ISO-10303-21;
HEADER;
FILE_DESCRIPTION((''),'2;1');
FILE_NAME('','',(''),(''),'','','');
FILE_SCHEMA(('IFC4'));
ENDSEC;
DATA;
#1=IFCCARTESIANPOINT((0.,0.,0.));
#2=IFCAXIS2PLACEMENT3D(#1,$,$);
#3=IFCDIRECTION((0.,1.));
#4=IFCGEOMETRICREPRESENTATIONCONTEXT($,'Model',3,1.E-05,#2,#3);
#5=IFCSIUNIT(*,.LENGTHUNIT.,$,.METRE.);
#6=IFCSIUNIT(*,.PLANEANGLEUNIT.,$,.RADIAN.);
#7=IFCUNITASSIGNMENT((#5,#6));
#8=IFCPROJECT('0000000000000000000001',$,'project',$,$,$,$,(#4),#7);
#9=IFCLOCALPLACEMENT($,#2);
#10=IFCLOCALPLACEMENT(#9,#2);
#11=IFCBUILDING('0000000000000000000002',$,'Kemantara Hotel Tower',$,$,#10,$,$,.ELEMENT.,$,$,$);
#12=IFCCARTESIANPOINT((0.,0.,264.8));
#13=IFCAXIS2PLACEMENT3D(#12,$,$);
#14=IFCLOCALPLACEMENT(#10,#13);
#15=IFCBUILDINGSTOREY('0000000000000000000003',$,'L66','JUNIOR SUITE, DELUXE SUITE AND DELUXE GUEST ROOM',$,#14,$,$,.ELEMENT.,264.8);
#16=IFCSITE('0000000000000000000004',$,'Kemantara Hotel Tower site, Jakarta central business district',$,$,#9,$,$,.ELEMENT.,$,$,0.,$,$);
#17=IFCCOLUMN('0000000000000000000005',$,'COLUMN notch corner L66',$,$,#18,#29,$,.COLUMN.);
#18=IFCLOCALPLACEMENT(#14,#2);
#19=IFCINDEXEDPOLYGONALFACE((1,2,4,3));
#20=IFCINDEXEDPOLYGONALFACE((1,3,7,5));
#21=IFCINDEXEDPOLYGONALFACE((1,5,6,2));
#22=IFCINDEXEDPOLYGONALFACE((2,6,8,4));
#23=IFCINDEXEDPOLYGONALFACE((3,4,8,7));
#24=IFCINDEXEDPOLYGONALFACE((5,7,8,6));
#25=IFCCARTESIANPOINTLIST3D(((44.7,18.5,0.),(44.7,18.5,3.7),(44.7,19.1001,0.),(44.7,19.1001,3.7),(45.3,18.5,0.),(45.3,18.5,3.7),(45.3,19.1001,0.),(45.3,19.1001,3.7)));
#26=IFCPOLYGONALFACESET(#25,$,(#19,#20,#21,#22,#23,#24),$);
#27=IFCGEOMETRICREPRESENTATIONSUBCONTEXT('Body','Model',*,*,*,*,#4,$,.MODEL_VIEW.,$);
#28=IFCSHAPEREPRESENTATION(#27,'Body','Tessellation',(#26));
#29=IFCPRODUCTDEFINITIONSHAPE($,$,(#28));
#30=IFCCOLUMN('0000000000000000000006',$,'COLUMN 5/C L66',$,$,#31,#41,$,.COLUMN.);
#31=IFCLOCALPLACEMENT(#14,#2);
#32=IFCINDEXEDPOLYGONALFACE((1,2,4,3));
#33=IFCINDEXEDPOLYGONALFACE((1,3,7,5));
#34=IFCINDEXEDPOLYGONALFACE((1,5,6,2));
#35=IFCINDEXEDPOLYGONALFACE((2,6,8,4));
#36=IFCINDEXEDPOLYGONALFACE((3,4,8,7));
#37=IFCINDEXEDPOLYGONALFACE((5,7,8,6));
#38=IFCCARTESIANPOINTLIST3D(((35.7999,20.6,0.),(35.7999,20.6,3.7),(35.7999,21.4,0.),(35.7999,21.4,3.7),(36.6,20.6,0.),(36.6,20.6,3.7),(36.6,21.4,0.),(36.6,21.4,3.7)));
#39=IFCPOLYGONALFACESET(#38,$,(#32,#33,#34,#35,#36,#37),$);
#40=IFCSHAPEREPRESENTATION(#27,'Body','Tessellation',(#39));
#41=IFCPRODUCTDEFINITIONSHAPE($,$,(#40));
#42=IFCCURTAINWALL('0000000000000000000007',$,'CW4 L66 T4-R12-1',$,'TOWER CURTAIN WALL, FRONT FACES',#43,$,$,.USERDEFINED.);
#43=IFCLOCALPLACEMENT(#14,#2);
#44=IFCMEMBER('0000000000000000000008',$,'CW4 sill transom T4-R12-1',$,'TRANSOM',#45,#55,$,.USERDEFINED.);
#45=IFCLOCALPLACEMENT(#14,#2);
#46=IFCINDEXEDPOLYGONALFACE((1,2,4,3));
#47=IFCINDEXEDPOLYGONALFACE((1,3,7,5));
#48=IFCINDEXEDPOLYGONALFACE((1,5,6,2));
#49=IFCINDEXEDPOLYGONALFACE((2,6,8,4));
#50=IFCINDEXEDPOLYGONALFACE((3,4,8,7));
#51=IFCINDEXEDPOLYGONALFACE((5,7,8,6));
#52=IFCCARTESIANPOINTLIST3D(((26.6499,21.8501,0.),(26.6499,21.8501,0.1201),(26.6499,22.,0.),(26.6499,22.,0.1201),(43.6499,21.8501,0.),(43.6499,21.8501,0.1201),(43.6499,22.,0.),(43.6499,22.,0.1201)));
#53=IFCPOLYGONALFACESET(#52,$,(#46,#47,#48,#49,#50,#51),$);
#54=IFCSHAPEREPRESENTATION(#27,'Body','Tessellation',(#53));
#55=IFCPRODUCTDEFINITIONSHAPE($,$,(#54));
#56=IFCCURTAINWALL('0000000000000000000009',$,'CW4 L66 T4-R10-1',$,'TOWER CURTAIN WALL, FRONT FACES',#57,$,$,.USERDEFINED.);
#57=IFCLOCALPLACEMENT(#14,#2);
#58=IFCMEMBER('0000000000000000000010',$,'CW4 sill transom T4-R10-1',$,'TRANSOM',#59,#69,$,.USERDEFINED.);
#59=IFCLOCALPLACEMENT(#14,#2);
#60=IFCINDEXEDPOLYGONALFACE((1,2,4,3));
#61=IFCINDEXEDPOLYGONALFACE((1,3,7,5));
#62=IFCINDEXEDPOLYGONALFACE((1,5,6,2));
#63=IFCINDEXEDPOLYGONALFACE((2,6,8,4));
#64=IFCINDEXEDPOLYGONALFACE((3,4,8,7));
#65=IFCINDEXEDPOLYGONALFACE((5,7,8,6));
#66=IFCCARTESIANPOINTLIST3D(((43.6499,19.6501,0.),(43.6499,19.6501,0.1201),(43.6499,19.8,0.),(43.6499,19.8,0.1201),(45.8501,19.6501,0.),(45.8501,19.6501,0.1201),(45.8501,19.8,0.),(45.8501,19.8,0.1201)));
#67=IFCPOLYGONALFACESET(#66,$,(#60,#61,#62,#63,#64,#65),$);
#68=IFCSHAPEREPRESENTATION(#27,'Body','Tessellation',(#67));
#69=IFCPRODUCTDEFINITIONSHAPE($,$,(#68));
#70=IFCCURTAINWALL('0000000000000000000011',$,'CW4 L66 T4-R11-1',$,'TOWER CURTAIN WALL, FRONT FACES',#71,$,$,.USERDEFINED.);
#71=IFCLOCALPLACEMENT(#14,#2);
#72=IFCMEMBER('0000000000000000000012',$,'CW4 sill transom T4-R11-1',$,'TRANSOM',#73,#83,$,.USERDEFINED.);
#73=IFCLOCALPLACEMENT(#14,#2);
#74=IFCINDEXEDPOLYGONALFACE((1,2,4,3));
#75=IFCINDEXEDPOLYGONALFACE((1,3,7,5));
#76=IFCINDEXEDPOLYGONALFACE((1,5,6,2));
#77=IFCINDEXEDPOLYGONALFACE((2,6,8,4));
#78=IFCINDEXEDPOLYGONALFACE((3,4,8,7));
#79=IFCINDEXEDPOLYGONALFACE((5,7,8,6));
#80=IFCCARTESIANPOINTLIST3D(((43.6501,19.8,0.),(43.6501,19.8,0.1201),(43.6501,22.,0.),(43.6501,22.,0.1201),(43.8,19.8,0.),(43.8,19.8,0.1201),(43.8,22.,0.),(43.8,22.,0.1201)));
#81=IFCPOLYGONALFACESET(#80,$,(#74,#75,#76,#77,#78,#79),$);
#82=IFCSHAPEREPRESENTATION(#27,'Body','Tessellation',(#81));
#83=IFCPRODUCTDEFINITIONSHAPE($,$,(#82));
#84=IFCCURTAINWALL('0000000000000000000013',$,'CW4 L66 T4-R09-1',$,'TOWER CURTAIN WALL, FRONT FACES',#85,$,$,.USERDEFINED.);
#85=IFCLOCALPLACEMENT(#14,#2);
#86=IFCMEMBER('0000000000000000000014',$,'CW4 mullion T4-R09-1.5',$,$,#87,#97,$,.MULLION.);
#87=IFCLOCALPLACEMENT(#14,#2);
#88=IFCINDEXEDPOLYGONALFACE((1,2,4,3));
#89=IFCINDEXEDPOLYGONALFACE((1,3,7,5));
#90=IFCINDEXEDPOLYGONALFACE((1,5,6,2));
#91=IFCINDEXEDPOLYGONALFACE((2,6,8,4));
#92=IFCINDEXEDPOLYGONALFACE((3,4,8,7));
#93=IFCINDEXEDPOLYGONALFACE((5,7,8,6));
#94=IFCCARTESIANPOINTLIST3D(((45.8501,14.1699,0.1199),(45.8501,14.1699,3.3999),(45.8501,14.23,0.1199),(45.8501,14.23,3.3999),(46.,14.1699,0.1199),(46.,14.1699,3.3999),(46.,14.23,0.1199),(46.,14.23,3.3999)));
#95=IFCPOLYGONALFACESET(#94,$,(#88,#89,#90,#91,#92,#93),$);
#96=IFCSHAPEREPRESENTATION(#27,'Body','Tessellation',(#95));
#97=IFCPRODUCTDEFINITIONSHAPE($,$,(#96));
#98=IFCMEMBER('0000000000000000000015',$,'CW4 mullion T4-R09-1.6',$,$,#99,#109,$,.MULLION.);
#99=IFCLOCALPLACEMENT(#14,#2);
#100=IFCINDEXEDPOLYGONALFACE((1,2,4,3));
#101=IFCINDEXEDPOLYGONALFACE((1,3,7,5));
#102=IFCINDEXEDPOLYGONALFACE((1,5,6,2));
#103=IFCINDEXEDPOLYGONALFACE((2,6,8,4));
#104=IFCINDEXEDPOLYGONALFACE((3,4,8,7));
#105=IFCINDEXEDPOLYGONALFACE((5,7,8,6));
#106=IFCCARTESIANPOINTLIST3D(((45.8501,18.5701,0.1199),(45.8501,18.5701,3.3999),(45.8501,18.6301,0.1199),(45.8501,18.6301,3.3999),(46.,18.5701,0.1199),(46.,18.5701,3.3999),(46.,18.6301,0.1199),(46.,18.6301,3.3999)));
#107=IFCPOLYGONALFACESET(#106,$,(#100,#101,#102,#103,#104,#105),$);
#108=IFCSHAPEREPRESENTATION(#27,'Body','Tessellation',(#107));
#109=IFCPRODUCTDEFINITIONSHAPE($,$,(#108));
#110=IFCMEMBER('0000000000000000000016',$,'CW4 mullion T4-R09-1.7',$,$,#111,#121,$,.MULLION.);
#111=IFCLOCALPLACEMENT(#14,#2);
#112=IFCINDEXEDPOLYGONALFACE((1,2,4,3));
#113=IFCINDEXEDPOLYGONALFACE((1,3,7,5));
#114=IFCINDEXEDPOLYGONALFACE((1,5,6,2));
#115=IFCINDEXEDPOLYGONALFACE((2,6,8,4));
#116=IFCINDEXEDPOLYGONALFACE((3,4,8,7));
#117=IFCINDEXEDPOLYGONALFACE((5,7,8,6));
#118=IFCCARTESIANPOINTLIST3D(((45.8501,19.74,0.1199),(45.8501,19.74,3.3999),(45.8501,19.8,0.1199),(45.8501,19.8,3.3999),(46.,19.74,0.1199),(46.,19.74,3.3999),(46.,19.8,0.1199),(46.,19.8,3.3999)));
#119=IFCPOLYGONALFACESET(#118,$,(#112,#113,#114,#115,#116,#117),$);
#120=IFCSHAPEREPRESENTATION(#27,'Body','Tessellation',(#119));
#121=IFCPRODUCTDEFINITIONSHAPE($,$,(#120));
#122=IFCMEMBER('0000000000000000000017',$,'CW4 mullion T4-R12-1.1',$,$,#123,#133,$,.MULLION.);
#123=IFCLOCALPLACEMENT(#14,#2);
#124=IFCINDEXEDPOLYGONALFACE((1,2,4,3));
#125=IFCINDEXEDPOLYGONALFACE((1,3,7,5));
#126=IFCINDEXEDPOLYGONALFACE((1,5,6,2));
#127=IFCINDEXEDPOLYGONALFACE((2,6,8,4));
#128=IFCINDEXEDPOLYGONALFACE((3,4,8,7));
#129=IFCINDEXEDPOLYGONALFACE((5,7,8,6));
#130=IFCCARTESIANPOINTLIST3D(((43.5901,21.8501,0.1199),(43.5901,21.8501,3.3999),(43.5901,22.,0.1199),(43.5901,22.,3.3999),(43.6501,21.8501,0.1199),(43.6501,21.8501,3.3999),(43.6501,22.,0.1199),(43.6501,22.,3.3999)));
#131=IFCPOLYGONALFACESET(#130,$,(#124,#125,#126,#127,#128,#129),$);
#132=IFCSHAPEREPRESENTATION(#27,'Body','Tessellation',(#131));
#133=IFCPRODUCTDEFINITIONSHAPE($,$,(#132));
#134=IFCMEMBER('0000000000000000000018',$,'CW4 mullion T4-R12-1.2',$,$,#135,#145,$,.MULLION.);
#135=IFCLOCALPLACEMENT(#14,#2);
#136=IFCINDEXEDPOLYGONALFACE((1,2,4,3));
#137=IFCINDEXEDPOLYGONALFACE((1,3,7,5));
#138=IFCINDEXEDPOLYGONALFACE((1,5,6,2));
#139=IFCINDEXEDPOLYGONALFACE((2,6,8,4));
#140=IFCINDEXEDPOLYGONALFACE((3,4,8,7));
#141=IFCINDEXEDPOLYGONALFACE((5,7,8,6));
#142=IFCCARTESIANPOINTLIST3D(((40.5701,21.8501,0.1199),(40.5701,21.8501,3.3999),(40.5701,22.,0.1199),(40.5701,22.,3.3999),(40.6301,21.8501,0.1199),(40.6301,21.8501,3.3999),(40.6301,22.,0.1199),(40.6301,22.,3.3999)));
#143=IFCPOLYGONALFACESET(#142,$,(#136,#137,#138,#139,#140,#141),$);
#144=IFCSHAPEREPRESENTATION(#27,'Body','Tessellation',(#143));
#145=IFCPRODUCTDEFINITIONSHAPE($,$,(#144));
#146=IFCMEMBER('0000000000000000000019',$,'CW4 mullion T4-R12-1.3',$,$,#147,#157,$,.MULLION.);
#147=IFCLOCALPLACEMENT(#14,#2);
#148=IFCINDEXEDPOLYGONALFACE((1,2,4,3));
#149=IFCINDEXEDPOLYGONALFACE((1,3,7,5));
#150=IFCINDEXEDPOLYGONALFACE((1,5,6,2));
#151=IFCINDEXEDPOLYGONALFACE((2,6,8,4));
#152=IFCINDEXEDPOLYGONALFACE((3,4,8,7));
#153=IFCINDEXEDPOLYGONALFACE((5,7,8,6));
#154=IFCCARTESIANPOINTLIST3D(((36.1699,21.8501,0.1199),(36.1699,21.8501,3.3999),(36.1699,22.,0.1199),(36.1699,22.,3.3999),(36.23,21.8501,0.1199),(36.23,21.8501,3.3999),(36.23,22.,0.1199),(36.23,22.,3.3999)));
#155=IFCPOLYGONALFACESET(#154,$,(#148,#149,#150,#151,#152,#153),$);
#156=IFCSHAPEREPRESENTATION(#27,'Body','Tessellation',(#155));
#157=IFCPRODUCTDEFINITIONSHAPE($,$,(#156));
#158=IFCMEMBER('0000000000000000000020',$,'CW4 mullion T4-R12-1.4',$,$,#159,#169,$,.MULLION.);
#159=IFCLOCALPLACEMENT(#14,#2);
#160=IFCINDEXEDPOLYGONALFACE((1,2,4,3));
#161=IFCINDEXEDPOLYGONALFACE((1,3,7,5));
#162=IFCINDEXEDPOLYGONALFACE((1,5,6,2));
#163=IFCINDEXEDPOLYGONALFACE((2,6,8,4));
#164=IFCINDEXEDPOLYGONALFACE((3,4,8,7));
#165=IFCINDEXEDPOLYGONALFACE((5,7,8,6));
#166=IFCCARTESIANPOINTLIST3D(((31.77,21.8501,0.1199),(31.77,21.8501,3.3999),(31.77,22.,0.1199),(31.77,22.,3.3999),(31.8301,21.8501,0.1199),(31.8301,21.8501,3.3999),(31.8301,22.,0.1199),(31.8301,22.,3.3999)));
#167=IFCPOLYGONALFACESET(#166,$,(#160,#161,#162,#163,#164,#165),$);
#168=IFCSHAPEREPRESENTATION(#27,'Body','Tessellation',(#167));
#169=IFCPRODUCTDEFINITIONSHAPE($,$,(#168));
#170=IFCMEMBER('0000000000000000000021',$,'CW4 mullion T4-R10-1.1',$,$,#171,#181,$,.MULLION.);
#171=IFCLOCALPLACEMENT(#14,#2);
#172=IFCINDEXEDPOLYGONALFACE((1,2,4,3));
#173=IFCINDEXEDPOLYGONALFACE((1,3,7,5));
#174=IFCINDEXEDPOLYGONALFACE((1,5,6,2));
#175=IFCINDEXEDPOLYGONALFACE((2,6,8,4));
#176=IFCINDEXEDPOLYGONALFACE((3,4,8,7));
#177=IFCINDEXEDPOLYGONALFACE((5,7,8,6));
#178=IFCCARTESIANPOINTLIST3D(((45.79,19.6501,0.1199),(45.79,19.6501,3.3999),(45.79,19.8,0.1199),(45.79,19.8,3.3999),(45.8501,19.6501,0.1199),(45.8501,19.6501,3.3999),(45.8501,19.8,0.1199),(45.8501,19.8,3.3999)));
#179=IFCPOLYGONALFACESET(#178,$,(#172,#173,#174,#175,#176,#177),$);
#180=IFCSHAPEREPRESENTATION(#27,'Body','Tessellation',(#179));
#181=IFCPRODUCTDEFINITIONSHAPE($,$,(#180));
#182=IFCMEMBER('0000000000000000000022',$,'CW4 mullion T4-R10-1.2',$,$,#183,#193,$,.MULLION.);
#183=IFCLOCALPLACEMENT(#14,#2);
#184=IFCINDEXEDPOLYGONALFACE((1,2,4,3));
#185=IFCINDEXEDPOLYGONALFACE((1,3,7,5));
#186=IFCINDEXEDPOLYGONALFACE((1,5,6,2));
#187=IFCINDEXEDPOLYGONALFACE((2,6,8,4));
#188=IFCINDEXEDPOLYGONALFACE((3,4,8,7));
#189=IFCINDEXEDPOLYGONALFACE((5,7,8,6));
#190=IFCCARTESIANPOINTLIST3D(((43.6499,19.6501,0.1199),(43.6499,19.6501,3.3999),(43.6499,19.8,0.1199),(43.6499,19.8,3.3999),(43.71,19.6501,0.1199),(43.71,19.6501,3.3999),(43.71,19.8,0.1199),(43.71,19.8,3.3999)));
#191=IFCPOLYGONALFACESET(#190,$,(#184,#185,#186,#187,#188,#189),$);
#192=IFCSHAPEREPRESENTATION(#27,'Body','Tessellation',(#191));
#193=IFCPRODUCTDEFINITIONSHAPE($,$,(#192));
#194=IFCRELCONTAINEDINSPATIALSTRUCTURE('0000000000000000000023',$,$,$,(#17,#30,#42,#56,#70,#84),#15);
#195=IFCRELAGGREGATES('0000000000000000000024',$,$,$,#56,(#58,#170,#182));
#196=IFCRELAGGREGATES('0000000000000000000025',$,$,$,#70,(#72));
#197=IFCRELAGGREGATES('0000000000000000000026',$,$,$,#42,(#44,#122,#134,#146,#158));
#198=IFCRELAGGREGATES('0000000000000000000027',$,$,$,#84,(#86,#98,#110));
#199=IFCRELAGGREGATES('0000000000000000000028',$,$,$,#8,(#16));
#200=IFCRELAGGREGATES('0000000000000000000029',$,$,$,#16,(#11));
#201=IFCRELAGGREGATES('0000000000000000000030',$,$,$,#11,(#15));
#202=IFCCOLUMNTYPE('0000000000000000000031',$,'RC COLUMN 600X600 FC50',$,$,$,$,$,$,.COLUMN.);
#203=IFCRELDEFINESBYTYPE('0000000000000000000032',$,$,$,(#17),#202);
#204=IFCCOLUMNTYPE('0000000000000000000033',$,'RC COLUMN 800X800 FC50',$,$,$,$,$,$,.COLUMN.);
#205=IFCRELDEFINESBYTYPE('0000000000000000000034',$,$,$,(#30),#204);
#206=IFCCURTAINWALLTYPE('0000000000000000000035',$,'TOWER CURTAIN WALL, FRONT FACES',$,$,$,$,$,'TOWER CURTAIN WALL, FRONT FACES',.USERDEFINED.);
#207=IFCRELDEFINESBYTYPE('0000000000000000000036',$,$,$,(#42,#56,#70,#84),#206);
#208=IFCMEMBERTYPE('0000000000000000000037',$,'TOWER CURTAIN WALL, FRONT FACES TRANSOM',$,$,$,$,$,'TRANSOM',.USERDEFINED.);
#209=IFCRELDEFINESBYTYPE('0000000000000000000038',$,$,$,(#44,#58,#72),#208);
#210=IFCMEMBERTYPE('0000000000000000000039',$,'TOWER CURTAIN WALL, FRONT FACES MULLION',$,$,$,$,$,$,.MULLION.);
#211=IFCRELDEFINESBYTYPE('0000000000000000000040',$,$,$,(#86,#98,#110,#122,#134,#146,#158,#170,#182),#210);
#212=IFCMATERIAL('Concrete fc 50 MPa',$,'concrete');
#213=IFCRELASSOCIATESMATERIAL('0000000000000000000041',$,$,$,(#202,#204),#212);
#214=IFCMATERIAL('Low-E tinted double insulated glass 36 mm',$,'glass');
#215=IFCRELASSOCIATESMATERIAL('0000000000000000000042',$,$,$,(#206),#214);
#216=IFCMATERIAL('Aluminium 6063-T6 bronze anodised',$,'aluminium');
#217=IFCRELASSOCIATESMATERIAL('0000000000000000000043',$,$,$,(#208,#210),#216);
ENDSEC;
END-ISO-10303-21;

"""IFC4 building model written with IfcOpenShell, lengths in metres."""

from ifc_helpers import new_model, si_unit, direction, frame, origin, origin_2d, place, context, subcontext, project, spatial, rectangle, extrude, source, transform, mapped, material, material_profile, profile_set, type_object, element, aggregate, save


model = new_model("IFC4")

# Units and contexts
model_context = context("Model", 3, precision=1e-05, world=origin(), true_north=direction((0.0, 1.0)))
body_context = subcontext(model_context, "Body", "Model", "MODEL_VIEW")
ifc_project = project(units=[si_unit("LENGTHUNIT", "METRE"), si_unit("PLANEANGLEUNIT", "RADIAN")], contexts=[model_context])

# Site, building, storey
site_placement = place(None, origin())
site = spatial("IfcSite", under=ifc_project, at=site_placement, Name="Kemantara Hotel Tower site, Jakarta central business district", CompositionType="ELEMENT", RefElevation=0.0)
building_placement = place(site_placement, origin())
building = spatial("IfcBuilding", under=site, at=building_placement, Name="Kemantara Hotel Tower", CompositionType="ELEMENT")
storey_placement = place(building_placement, frame((0.0, 0.0, 264.8)))
storey = spatial("IfcBuildingStorey", under=building, at=storey_placement, Name="L66", Description="JUNIOR SUITE, DELUXE SUITE AND DELUXE GUEST ROOM", CompositionType="ELEMENT", Elevation=264.8)

# Columns
ifc_material_1 = material(Name="Concrete fc 50 MPa", Category="concrete")
ifc_material_profile_1 = material_profile(ifc_material_1, rectangle(XDim=0.6001, YDim=0.6001, at=origin_2d()), Name="RC 600X600")
ifc_profile_set_1 = profile_set([ifc_material_profile_1], Name="Concrete fc 50 MPa")
column_type_1 = type_object("IfcColumnType", Name="RC COLUMN 600X600 FC50", PredefinedType="COLUMN", material=ifc_profile_set_1)
column_1_placement = place(storey_placement, frame((45.0, 18.8, 0.0), z_axis=(0.0, 0.0, 1.0), x_axis=(1.0, 0.0, 0.0)))
element("IfcColumn", 1, at=column_1_placement, inside=storey, type_object=column_type_1, Name="COLUMN notch corner L66", PredefinedType="COLUMN", context=body_context, shape_type="SweptSolid", body=[
    extrude(rectangle(XDim=0.6001, YDim=0.6001, at=origin_2d()), origin(), (0.0, 0.0, 1.0), 3.7),
])
ifc_material_profile_2 = material_profile(ifc_material_1, rectangle(XDim=0.8, YDim=0.8, at=origin_2d()), Name="RC 800X800")
ifc_profile_set_2 = profile_set([ifc_material_profile_2], Name="Concrete fc 50 MPa")
column_type_2 = type_object("IfcColumnType", Name="RC COLUMN 800X800 FC50", PredefinedType="COLUMN", material=ifc_profile_set_2)
column_2_placement = place(storey_placement, frame((36.2, 21.0, 0.0), z_axis=(0.0, 0.0, 1.0), x_axis=(1.0, 0.0, 0.0)))
element("IfcColumn", 2, at=column_2_placement, inside=storey, type_object=column_type_2, Name="COLUMN 5/C L66", PredefinedType="COLUMN", context=body_context, shape_type="SweptSolid", body=[
    extrude(rectangle(XDim=0.8, YDim=0.8, at=origin_2d()), origin(), (0.0, 0.0, 1.0), 3.7),
])

# Curtain walls, members
ifc_material_2 = material(Name="Low-E tinted double insulated glass 36 mm", Category="glass")
curtain_wall_type = type_object("IfcCurtainWallType", Name="TOWER CURTAIN WALL, FRONT FACES", ElementType="TOWER CURTAIN WALL, FRONT FACES", PredefinedType="USERDEFINED", material=ifc_material_2)
curtain_wall_1_placement = place(storey_placement, origin())
curtain_wall_1 = element("IfcCurtainWall", 3, at=curtain_wall_1_placement, inside=storey, type_object=curtain_wall_type, Name="CW4 L66 T4-R12-1", ObjectType="TOWER CURTAIN WALL, FRONT FACES", PredefinedType="USERDEFINED")
ifc_material_3 = material(Name="Aluminium 6063-T6 bronze anodised", Category="aluminium")
ifc_material_profile_3 = material_profile(ifc_material_3, rectangle(XDim=0.1499, YDim=0.1201, at=origin_2d()), Name="TOWER CURTAIN WALL, FRONT FACES TRANSOM")
ifc_profile_set_3 = profile_set([ifc_material_profile_3], Name="Aluminium 6063-T6 bronze anodised")
member_type_1 = type_object("IfcMemberType", Name="TOWER CURTAIN WALL, FRONT FACES TRANSOM", ElementType="TRANSOM", PredefinedType="USERDEFINED", material=ifc_profile_set_3)
member_1_placement = place(storey_placement, frame((43.6499, 21.925, 0.0601), z_axis=(-1.0, 0.0, 0.0), x_axis=(0.0, -1.0, 0.0)))
member_1 = element("IfcMember", 4, at=member_1_placement, type_object=member_type_1, Name="CW4 sill transom T4-R12-1", ObjectType="TRANSOM", PredefinedType="USERDEFINED", context=body_context, shape_type="SweptSolid", body=[
    extrude(rectangle(XDim=0.1499, YDim=0.1201, at=origin_2d()), origin(), (0.0, 0.0, 1.0), 17.0),
])
curtain_wall_2_placement = place(storey_placement, origin())
curtain_wall_2 = element("IfcCurtainWall", 5, at=curtain_wall_2_placement, inside=storey, type_object=curtain_wall_type, Name="CW4 L66 T4-R10-1", ObjectType="TOWER CURTAIN WALL, FRONT FACES", PredefinedType="USERDEFINED")
member_2_placement = place(storey_placement, frame((45.8501, 19.7251, 0.0601), z_axis=(-1.0, 0.0, 0.0), x_axis=(0.0, -1.0, 0.0)))
member_2 = element("IfcMember", 6, at=member_2_placement, type_object=member_type_1, Name="CW4 sill transom T4-R10-1", ObjectType="TRANSOM", PredefinedType="USERDEFINED", context=body_context, shape_type="SweptSolid", body=[
    extrude(rectangle(XDim=0.1499, YDim=0.1201, at=origin_2d()), origin(), (0.0, 0.0, 1.0), 2.2002),
])
curtain_wall_3_placement = place(storey_placement, origin())
curtain_wall_3 = element("IfcCurtainWall", 7, at=curtain_wall_3_placement, inside=storey, type_object=curtain_wall_type, Name="CW4 L66 T4-R11-1", ObjectType="TOWER CURTAIN WALL, FRONT FACES", PredefinedType="USERDEFINED")
member_3_placement = place(storey_placement, frame((43.7251, 19.8, 0.0601), z_axis=(0.0, 1.0, 0.0), x_axis=(-1.0, 0.0, 0.0)))
member_3 = element("IfcMember", 8, at=member_3_placement, type_object=member_type_1, Name="CW4 sill transom T4-R11-1", ObjectType="TRANSOM", PredefinedType="USERDEFINED", context=body_context, shape_type="SweptSolid", body=[
    extrude(rectangle(XDim=0.1499, YDim=0.1201, at=origin_2d()), origin(), (0.0, 0.0, 1.0), 2.2),
])

# Curtain wall, members
curtain_wall_4_placement = place(storey_placement, origin())
curtain_wall_4 = element("IfcCurtainWall", 9, at=curtain_wall_4_placement, inside=storey, type_object=curtain_wall_type, Name="CW4 L66 T4-R09-1", ObjectType="TOWER CURTAIN WALL, FRONT FACES", PredefinedType="USERDEFINED")
ifc_material_profile_4 = material_profile(ifc_material_3, rectangle(XDim=0.1499, YDim=0.0601, at=origin_2d()), Name="TOWER CURTAIN WALL, FRONT FACES MULLION")
ifc_profile_set_4 = profile_set([ifc_material_profile_4], Name="Aluminium 6063-T6 bronze anodised")
member_type_2 = type_object("IfcMemberType", Name="TOWER CURTAIN WALL, FRONT FACES MULLION", PredefinedType="MULLION", material=ifc_profile_set_4)
shared_shape_1 = source(origin(), body_context, "Body", "SweptSolid", [
    extrude(rectangle(XDim=0.1499, YDim=0.0601, at=origin_2d()), origin(), (0.0, 0.0, 1.0), 3.28),
])
member_4_placement = place(storey_placement, frame((45.925, 14.2, 0.1199), z_axis=(0.0, 0.0, 1.0), x_axis=(-1.0, 0.0, 0.0)))
member_4 = element("IfcMember", 10, at=member_4_placement, type_object=member_type_2, Name="CW4 mullion T4-R09-1.5", PredefinedType="MULLION", context=body_context, shape_type="MappedRepresentation", body=[
    mapped(shared_shape_1, transform((0.0, 0.0, 0.0))),
])
member_5_placement = place(storey_placement, frame((45.925, 18.6001, 0.1199), z_axis=(0.0, 0.0, 1.0), x_axis=(-1.0, 0.0, 0.0)))
member_5 = element("IfcMember", 11, at=member_5_placement, type_object=member_type_2, Name="CW4 mullion T4-R09-1.6", PredefinedType="MULLION", context=body_context, shape_type="MappedRepresentation", body=[
    mapped(shared_shape_1, transform((0.0, 0.0, 0.0))),
])
member_6_placement = place(storey_placement, frame((45.925, 19.77, 0.1199), z_axis=(0.0, 0.0, 1.0), x_axis=(-1.0, 0.0, 0.0)))
member_6 = element("IfcMember", 12, at=member_6_placement, type_object=member_type_2, Name="CW4 mullion T4-R09-1.7", PredefinedType="MULLION", context=body_context, shape_type="MappedRepresentation", body=[
    mapped(shared_shape_1, transform((0.0, 0.0, 0.0))),
])

# Members
member_7_placement = place(storey_placement, frame((43.6201, 21.925, 0.1199), z_axis=(0.0, 0.0, 1.0), x_axis=(0.0, -1.0, 0.0)))
member_7 = element("IfcMember", 13, at=member_7_placement, type_object=member_type_2, Name="CW4 mullion T4-R12-1.1", PredefinedType="MULLION", context=body_context, shape_type="MappedRepresentation", body=[
    mapped(shared_shape_1, transform((0.0, 0.0, 0.0))),
])
member_8_placement = place(storey_placement, frame((40.6001, 21.925, 0.1199), z_axis=(0.0, 0.0, 1.0), x_axis=(0.0, -1.0, 0.0)))
member_8 = element("IfcMember", 14, at=member_8_placement, type_object=member_type_2, Name="CW4 mullion T4-R12-1.2", PredefinedType="MULLION", context=body_context, shape_type="MappedRepresentation", body=[
    mapped(shared_shape_1, transform((0.0, 0.0, 0.0))),
])
member_9_placement = place(storey_placement, frame((36.2, 21.925, 0.1199), z_axis=(0.0, 0.0, 1.0), x_axis=(0.0, -1.0, 0.0)))
member_9 = element("IfcMember", 15, at=member_9_placement, type_object=member_type_2, Name="CW4 mullion T4-R12-1.3", PredefinedType="MULLION", context=body_context, shape_type="MappedRepresentation", body=[
    mapped(shared_shape_1, transform((0.0, 0.0, 0.0))),
])
member_10_placement = place(storey_placement, frame((31.8, 21.925, 0.1199), z_axis=(0.0, 0.0, 1.0), x_axis=(0.0, -1.0, 0.0)))
member_10 = element("IfcMember", 16, at=member_10_placement, type_object=member_type_2, Name="CW4 mullion T4-R12-1.4", PredefinedType="MULLION", context=body_context, shape_type="MappedRepresentation", body=[
    mapped(shared_shape_1, transform((0.0, 0.0, 0.0))),
])
member_11_placement = place(storey_placement, frame((45.8201, 19.7251, 0.1199), z_axis=(0.0, 0.0, 1.0), x_axis=(0.0, -1.0, 0.0)))
member_11 = element("IfcMember", 17, at=member_11_placement, type_object=member_type_2, Name="CW4 mullion T4-R10-1.1", PredefinedType="MULLION", context=body_context, shape_type="MappedRepresentation", body=[
    mapped(shared_shape_1, transform((0.0, 0.0, 0.0))),
])
member_12_placement = place(storey_placement, frame((43.6799, 19.7251, 0.1199), z_axis=(0.0, 0.0, 1.0), x_axis=(0.0, -1.0, 0.0)))
member_12 = element("IfcMember", 18, at=member_12_placement, type_object=member_type_2, Name="CW4 mullion T4-R10-1.2", PredefinedType="MULLION", context=body_context, shape_type="MappedRepresentation", body=[
    mapped(shared_shape_1, transform((0.0, 0.0, 0.0))),
])

aggregate(curtain_wall_2, [member_2, member_11, member_12])
aggregate(curtain_wall_3, [member_3])
aggregate(curtain_wall_1, [member_1, member_7, member_8, member_9, member_10])
aggregate(curtain_wall_4, [member_4, member_5, member_6])

save(model, "model.ifc")
